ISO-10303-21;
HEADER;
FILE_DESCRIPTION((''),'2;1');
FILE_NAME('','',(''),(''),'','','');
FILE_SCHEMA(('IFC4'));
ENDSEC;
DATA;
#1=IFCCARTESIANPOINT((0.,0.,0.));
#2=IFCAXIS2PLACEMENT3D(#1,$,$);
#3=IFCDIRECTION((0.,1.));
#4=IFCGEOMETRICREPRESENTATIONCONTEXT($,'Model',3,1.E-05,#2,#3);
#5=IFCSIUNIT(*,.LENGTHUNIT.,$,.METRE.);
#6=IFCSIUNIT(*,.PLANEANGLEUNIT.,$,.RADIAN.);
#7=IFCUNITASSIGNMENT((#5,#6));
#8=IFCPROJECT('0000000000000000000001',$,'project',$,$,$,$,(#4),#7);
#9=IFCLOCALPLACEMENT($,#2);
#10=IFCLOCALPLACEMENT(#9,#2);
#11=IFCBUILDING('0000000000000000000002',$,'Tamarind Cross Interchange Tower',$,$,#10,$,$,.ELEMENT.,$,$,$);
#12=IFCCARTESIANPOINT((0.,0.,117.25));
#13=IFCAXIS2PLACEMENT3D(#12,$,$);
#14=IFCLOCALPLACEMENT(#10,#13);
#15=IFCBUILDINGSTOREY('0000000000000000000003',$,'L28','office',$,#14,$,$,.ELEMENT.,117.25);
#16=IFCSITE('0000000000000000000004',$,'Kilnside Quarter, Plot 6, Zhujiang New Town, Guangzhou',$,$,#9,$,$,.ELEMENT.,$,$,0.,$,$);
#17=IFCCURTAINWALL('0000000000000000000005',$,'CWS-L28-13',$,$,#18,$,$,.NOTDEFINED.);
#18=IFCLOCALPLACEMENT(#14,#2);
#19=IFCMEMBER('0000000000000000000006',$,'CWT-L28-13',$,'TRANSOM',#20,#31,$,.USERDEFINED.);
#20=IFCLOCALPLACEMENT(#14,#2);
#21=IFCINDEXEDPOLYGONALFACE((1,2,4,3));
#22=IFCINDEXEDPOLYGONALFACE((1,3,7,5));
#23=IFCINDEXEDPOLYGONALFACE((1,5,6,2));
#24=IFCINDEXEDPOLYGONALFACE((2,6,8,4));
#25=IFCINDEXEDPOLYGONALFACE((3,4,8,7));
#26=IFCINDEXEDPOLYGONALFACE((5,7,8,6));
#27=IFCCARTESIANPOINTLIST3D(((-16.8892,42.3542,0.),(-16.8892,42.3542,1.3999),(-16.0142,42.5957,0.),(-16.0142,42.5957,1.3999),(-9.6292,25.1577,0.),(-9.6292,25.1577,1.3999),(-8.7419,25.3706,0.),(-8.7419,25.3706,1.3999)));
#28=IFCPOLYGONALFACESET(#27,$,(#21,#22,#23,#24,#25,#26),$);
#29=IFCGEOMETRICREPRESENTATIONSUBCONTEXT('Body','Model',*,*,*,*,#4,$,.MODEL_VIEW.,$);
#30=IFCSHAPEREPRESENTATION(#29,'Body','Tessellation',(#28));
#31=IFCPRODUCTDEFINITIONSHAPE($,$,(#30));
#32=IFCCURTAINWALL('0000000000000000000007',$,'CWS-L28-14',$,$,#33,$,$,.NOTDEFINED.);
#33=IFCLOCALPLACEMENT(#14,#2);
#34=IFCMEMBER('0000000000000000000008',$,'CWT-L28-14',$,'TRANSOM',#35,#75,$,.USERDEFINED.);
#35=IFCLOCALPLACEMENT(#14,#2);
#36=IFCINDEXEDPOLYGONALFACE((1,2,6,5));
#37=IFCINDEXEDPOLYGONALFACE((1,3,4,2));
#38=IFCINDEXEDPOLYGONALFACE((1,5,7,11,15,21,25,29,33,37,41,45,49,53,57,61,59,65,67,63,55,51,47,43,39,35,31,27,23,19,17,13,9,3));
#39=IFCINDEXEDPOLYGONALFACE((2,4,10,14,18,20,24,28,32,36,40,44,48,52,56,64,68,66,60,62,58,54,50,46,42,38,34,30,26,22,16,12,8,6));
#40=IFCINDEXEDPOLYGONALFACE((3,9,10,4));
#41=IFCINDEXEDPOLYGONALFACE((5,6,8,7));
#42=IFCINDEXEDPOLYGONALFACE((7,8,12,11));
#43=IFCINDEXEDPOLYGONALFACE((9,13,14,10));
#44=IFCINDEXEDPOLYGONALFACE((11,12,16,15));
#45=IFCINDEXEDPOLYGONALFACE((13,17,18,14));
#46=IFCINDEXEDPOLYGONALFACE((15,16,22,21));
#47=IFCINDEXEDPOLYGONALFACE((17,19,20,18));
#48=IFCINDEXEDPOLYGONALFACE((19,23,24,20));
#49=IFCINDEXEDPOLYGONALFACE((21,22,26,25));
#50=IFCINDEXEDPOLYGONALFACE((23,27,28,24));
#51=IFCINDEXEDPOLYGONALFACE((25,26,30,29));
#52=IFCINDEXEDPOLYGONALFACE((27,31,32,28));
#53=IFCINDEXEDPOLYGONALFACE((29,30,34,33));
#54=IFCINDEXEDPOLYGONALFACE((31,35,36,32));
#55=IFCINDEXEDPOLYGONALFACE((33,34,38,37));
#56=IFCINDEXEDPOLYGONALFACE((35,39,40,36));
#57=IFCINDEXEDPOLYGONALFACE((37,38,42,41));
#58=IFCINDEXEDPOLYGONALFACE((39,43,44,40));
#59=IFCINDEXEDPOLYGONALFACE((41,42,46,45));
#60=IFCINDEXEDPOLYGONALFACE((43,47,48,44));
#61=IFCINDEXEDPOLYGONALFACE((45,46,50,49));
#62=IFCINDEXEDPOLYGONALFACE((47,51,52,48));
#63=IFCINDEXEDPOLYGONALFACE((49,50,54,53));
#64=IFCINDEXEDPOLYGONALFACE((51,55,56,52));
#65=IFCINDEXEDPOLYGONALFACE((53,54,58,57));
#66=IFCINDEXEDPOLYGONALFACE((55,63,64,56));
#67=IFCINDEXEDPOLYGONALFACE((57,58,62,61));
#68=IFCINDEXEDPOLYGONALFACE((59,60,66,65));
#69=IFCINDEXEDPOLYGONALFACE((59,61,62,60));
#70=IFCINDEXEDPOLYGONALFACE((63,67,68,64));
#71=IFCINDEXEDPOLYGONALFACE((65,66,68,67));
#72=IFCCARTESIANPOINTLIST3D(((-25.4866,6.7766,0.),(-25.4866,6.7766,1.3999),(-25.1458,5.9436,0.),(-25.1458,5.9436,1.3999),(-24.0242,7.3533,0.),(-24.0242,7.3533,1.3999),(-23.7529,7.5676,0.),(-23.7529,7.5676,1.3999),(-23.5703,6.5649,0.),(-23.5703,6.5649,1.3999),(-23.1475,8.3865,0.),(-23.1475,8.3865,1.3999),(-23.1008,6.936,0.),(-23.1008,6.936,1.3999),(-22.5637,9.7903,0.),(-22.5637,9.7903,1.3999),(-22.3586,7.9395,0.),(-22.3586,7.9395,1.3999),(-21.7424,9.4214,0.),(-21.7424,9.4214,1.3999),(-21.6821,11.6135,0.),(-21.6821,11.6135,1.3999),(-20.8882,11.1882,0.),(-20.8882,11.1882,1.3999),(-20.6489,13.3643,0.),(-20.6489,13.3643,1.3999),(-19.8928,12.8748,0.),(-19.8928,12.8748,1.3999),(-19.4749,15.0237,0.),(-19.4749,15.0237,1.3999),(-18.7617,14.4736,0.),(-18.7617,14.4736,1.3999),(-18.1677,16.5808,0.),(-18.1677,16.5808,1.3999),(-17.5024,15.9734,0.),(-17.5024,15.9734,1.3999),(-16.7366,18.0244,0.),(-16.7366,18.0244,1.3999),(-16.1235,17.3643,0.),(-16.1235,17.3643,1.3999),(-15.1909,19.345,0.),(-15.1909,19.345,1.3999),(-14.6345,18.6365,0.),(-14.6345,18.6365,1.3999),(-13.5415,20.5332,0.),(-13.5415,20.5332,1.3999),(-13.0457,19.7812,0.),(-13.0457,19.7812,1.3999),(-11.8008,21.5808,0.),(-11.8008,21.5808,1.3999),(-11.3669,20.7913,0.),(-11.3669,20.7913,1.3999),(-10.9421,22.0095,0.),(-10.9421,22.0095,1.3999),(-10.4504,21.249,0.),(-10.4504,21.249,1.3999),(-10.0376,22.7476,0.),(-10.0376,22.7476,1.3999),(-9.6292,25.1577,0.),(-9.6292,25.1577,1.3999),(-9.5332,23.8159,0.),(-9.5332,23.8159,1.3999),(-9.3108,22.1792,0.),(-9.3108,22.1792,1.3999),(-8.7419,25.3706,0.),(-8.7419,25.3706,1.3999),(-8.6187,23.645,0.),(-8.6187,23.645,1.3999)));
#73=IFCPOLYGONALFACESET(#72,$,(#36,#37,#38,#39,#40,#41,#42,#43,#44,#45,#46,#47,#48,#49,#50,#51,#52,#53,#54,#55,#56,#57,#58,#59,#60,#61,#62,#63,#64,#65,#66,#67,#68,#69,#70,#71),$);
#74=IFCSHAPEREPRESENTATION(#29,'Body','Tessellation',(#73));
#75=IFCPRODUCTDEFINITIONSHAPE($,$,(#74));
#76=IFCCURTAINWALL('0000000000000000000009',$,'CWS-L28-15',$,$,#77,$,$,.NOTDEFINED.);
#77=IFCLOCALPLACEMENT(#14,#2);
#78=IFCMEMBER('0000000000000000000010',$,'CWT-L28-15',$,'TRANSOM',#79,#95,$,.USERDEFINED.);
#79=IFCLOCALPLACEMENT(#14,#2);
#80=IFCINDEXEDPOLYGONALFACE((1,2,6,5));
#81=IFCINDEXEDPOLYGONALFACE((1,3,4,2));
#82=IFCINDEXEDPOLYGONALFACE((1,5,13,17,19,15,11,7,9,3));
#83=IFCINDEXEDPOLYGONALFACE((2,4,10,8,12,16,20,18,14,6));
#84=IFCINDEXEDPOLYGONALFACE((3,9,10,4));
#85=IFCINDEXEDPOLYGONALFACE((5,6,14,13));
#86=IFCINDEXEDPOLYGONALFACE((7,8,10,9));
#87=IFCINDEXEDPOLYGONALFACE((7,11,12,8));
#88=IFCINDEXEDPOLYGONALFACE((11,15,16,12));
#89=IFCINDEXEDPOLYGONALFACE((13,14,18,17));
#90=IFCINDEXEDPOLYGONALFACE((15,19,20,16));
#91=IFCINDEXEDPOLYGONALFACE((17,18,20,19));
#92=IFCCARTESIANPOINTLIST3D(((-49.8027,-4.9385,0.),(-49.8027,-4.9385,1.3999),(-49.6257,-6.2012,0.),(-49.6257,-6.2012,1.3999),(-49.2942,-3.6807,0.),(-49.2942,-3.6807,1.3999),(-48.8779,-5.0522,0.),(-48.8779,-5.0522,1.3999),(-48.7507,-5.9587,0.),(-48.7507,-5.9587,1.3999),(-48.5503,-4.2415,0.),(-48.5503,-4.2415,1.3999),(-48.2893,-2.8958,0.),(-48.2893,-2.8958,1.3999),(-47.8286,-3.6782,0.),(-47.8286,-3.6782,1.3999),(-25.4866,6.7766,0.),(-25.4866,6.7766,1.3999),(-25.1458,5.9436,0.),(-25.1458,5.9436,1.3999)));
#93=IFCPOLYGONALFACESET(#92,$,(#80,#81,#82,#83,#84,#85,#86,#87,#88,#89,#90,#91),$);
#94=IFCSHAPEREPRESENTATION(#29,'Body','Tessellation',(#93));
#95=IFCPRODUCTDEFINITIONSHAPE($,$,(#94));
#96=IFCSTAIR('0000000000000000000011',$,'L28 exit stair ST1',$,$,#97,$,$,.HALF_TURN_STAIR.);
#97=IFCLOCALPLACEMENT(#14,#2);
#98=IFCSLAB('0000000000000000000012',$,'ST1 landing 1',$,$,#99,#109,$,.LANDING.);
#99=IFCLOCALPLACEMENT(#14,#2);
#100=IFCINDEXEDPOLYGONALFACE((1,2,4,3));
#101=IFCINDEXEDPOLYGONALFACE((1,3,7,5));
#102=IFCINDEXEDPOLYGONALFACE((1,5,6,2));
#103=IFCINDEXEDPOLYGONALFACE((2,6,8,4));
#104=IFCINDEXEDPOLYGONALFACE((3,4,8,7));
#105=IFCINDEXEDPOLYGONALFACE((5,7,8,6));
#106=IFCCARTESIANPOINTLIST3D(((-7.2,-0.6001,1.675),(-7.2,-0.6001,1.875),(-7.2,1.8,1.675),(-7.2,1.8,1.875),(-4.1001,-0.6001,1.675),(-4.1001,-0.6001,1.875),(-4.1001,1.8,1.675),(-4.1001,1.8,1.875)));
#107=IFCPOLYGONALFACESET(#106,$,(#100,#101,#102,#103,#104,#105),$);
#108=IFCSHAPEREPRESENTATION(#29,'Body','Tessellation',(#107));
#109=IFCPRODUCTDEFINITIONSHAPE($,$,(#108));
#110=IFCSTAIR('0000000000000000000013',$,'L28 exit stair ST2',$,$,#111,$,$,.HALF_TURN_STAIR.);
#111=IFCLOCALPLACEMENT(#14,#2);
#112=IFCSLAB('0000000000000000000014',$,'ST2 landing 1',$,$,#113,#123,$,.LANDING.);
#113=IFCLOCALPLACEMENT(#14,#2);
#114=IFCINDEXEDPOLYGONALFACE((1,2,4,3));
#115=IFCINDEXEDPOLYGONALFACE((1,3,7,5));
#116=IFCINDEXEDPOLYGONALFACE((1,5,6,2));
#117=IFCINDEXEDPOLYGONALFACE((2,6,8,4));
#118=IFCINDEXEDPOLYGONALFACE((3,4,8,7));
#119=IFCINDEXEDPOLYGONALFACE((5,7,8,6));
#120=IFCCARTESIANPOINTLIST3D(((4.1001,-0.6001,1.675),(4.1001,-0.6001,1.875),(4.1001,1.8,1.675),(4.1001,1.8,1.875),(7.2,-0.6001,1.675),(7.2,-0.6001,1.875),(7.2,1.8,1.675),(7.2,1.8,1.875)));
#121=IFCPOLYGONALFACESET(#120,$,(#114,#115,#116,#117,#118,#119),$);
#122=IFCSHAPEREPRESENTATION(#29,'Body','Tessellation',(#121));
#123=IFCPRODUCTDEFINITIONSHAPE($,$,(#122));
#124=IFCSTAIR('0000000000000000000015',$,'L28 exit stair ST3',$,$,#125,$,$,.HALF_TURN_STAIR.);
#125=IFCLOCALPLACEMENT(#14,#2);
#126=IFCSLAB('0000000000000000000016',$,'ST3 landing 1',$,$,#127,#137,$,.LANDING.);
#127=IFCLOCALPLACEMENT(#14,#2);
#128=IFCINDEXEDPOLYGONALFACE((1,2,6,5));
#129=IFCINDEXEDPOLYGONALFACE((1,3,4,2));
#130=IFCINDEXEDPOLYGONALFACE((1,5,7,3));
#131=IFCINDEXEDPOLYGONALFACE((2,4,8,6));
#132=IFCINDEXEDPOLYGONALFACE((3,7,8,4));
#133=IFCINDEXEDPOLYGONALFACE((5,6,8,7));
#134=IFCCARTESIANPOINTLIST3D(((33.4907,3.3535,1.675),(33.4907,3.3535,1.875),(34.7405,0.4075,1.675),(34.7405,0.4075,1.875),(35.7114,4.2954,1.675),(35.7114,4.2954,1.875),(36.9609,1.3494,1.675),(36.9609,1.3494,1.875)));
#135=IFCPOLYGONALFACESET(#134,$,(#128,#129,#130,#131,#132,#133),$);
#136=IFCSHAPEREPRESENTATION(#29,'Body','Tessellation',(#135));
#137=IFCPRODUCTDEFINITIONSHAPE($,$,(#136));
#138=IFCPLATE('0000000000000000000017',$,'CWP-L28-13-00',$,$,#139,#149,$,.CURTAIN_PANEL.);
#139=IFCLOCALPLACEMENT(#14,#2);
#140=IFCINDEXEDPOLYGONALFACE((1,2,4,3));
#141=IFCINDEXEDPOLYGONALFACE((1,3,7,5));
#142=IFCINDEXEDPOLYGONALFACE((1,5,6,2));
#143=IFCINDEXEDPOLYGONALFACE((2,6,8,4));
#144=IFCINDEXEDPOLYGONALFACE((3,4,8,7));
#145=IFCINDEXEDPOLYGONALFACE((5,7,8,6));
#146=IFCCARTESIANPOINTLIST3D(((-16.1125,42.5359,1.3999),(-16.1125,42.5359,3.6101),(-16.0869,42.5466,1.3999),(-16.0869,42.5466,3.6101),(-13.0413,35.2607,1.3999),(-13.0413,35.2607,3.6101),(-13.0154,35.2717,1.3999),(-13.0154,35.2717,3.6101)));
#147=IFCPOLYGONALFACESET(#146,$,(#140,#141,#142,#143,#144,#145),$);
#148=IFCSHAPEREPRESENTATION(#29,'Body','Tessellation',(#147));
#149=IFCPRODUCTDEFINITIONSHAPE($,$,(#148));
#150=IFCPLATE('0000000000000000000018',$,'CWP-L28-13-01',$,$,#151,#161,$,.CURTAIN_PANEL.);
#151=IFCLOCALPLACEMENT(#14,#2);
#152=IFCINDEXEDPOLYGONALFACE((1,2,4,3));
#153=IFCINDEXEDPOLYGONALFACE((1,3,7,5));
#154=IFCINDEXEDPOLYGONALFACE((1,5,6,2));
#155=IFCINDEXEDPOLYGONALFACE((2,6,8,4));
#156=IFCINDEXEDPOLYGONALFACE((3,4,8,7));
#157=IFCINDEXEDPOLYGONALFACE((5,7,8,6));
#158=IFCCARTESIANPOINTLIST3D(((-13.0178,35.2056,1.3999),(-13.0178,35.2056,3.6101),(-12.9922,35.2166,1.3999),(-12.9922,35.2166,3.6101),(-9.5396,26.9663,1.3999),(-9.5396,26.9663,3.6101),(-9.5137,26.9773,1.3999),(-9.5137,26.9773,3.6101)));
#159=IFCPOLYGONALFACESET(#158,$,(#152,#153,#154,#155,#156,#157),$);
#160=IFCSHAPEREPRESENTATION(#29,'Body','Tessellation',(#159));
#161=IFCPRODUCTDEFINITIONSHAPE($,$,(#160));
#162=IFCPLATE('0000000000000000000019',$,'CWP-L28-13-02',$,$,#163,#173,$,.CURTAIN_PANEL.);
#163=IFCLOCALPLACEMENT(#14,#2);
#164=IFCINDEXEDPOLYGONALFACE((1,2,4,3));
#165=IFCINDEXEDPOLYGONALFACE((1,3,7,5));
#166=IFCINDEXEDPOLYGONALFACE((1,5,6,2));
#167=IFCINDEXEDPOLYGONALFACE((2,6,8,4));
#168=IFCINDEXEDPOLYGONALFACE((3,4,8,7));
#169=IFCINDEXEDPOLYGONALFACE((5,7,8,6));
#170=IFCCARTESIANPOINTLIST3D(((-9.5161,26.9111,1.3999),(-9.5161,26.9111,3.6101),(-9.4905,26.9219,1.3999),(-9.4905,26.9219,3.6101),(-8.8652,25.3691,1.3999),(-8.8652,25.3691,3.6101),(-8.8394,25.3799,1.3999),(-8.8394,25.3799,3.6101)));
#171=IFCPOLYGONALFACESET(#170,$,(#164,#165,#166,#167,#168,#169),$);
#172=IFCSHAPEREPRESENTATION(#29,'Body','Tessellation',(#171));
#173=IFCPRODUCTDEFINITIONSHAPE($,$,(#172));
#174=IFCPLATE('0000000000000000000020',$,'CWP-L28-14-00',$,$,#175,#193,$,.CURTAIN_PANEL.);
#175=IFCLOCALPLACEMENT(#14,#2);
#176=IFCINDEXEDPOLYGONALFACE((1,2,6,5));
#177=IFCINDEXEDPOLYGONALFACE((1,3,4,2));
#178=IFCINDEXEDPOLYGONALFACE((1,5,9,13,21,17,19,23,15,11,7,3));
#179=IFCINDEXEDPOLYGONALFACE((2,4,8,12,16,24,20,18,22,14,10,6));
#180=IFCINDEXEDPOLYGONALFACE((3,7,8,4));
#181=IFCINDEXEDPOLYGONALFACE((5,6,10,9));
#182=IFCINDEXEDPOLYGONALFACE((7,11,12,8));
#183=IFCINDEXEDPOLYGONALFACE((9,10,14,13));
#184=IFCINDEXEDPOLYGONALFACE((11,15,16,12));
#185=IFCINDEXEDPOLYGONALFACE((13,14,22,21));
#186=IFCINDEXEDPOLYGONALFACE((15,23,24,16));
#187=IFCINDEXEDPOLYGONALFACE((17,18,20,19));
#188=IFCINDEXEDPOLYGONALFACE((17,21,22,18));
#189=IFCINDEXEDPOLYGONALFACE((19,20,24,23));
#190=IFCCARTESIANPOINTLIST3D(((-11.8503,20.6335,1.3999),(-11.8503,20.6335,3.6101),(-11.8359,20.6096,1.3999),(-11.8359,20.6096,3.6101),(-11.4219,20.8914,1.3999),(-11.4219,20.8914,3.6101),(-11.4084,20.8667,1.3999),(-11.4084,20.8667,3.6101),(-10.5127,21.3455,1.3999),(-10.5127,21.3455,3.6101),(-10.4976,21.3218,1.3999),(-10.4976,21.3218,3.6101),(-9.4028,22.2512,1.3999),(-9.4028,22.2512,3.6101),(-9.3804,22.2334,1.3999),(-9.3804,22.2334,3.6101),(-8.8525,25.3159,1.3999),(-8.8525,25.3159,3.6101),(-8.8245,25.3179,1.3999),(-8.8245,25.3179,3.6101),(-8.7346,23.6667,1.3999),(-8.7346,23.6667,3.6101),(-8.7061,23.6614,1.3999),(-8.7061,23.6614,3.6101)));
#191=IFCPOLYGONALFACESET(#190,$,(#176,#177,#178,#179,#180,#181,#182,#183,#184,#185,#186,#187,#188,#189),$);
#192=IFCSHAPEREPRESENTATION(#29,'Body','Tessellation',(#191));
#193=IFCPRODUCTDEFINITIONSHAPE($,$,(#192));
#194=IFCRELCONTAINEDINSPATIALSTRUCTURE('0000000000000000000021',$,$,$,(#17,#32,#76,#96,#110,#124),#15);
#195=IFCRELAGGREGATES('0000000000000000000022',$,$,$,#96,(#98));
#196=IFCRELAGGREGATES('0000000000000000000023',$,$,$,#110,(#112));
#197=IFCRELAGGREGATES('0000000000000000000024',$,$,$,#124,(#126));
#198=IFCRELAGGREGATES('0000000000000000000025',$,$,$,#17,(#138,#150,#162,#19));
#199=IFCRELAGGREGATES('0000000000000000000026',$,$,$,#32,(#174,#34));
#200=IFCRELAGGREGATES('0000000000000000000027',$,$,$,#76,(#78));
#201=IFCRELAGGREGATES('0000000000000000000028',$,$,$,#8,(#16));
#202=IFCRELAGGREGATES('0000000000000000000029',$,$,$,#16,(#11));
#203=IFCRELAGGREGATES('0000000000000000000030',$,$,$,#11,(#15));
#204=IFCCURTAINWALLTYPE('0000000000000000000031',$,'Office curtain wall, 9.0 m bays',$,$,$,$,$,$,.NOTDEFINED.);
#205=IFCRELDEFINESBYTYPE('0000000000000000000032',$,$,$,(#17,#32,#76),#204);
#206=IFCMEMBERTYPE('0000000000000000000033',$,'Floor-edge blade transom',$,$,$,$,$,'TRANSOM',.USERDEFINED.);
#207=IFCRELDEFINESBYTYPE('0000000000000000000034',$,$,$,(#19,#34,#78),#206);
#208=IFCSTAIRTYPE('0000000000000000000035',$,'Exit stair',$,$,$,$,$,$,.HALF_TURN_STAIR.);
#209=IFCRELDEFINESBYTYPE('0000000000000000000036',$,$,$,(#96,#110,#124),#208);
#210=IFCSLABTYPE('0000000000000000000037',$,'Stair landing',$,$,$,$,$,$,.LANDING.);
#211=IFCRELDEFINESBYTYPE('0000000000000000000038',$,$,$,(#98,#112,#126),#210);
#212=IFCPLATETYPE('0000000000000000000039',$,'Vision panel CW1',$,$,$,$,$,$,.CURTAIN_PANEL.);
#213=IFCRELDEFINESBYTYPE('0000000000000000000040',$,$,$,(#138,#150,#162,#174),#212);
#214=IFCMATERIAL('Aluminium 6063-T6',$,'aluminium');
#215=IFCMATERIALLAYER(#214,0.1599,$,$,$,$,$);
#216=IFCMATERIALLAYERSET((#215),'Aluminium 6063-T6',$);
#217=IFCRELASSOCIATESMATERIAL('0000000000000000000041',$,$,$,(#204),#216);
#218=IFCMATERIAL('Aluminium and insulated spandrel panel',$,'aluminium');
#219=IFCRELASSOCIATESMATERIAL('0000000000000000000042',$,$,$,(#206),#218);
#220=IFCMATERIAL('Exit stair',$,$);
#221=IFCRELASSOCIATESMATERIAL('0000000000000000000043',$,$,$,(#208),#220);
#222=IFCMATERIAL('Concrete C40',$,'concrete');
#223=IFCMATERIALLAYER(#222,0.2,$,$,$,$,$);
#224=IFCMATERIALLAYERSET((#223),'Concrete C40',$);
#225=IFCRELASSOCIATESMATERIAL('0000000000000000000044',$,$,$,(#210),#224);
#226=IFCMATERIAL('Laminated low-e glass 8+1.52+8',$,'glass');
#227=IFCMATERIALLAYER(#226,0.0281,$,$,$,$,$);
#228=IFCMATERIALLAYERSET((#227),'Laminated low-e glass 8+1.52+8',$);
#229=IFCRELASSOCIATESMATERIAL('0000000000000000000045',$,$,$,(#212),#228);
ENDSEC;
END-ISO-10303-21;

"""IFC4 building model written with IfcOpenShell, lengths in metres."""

from ifc_helpers import new_model, si_unit, direction, frame, origin, place, context, subcontext, project, spatial, polyline, outline, extrude, material, layer, layer_set, type_object, element, aggregate, save


model = new_model("IFC4")

# Units and contexts
model_context = context("Model", 3, precision=1e-05, world=origin(), true_north=direction((0.0, 1.0)))
body_context = subcontext(model_context, "Body", "Model", "MODEL_VIEW")
ifc_project = project(units=[si_unit("LENGTHUNIT", "METRE"), si_unit("PLANEANGLEUNIT", "RADIAN")], contexts=[model_context])

# Site, building, storey
site_placement = place(None, origin())
site = spatial("IfcSite", under=ifc_project, at=site_placement, Name="Kilnside Quarter, Plot 6, Zhujiang New Town, Guangzhou", CompositionType="ELEMENT", RefElevation=0.0)
building_placement = place(site_placement, origin())
building = spatial("IfcBuilding", under=site, at=building_placement, Name="Tamarind Cross Interchange Tower", CompositionType="ELEMENT")
storey_placement = place(building_placement, frame((0.0, 0.0, 117.25)))
storey = spatial("IfcBuildingStorey", under=building, at=storey_placement, Name="L28", Description="office", CompositionType="ELEMENT", Elevation=117.25)

# Curtain walls, members
ifc_material_1 = material(Name="Aluminium 6063-T6", Category="aluminium")
ifc_layer_1 = layer(ifc_material_1, 0.1599)
ifc_layer_set_1 = layer_set([ifc_layer_1], Name="Aluminium 6063-T6")
curtain_wall_type = type_object("IfcCurtainWallType", Name="Office curtain wall, 9.0 m bays", PredefinedType="NOTDEFINED", material=ifc_layer_set_1)
curtain_wall_1_placement = place(storey_placement, origin())
curtain_wall_1 = element("IfcCurtainWall", 1, at=curtain_wall_1_placement, inside=storey, type_object=curtain_wall_type, Name="CWS-L28-13", PredefinedType="NOTDEFINED")
ifc_material_2 = material(Name="Aluminium and insulated spandrel panel", Category="aluminium")
member_type = type_object("IfcMemberType", Name="Floor-edge blade transom", ElementType="TRANSOM", PredefinedType="USERDEFINED", material=ifc_material_2)
member_1_placement = place(storey_placement, origin())
member_1 = element("IfcMember", 2, at=member_1_placement, type_object=member_type, Name="CWT-L28-13", ObjectType="TRANSOM", PredefinedType="USERDEFINED", context=body_context, shape_type="SweptSolid", body=[
    extrude(outline(polyline([(-16.0142, 42.5957), (-8.7419, 25.3706), (-9.6292, 25.1577), (-16.8892, 42.3542), (-16.0142, 42.5957)])), origin(), (0.0, 0.0, 1.0), 1.3999),
])
curtain_wall_2_placement = place(storey_placement, origin())
curtain_wall_2 = element("IfcCurtainWall", 3, at=curtain_wall_2_placement, inside=storey, type_object=curtain_wall_type, Name="CWS-L28-14", PredefinedType="NOTDEFINED")
member_2_placement = place(storey_placement, origin())
member_2 = element("IfcMember", 4, at=member_2_placement, type_object=member_type, Name="CWT-L28-14", ObjectType="TRANSOM", PredefinedType="USERDEFINED", context=body_context, shape_type="SweptSolid", body=[
    extrude(outline(polyline([(-8.7419, 25.3706), (-8.6187, 23.645), (-9.3108, 22.1792), (-10.4504, 21.249), (-11.3669, 20.7913), (-13.0457, 19.7812), (-14.6345, 18.6365), (-16.1235, 17.3643), (-17.5024, 15.9734), (-18.7617, 14.4736), (-19.8928, 12.8748), (-20.8882, 11.1882), (-21.7424, 9.4214), (-22.3586, 7.9395), (-23.1008, 6.936), (-23.5703, 6.5649), (-25.1458, 5.9436), (-25.4866, 6.7766), (-24.0242, 7.3533), (-23.7529, 7.5676), (-23.1475, 8.3865), (-22.5637, 9.7903), (-21.6821, 11.6135), (-20.6489, 13.3643), (-19.4749, 15.0237), (-18.1677, 16.5808), (-16.7366, 18.0244), (-15.1909, 19.345), (-13.5415, 20.5332), (-11.8008, 21.5808), (-10.9421, 22.0095), (-10.0376, 22.7476), (-9.5332, 23.8159), (-9.6292, 25.1577), (-8.7419, 25.3706)])), origin(), (0.0, 0.0, 1.0), 1.3999),
])
curtain_wall_3_placement = place(storey_placement, origin())
curtain_wall_3 = element("IfcCurtainWall", 5, at=curtain_wall_3_placement, inside=storey, type_object=curtain_wall_type, Name="CWS-L28-15", PredefinedType="NOTDEFINED")
member_3_placement = place(storey_placement, origin())
member_3 = element("IfcMember", 6, at=member_3_placement, type_object=member_type, Name="CWT-L28-15", ObjectType="TRANSOM", PredefinedType="USERDEFINED", context=body_context, shape_type="SweptSolid", body=[
    extrude(outline(polyline([(-25.1458, 5.9436), (-47.8286, -3.6782), (-48.5503, -4.2415), (-48.8779, -5.0522), (-48.7507, -5.9587), (-49.6257, -6.2012), (-49.8027, -4.9385), (-49.2942, -3.6807), (-48.2893, -2.8958), (-25.4866, 6.7766), (-25.1458, 5.9436)])), origin(), (0.0, 0.0, 1.0), 1.3999),
])

# Stairs, slabs
ifc_material_3 = material(Name="Exit stair")
stair_type = type_object("IfcStairType", Name="Exit stair", PredefinedType="HALF_TURN_STAIR", material=ifc_material_3)
stair_1_placement = place(storey_placement, origin())
stair_1 = element("IfcStair", 7, at=stair_1_placement, inside=storey, type_object=stair_type, Name="L28 exit stair ST1", PredefinedType="HALF_TURN_STAIR")
ifc_material_4 = material(Name="Concrete C40", Category="concrete")
ifc_layer_2 = layer(ifc_material_4, 0.2)
ifc_layer_set_2 = layer_set([ifc_layer_2], Name="Concrete C40")
slab_type = type_object("IfcSlabType", Name="Stair landing", PredefinedType="LANDING", material=ifc_layer_set_2)
slab_1_placement = place(storey_placement, frame((0.0, 0.0, 1.675)))
slab_1 = element("IfcSlab", 8, at=slab_1_placement, type_object=slab_type, Name="ST1 landing 1", PredefinedType="LANDING", context=body_context, shape_type="SweptSolid", body=[
    extrude(outline(polyline([(-4.1001, -0.6001), (-4.1001, 1.8), (-7.2, 1.8), (-7.2, -0.6001), (-4.1001, -0.6001)])), origin(), (0.0, 0.0, 1.0), 0.2),
])
aggregate(stair_1, [slab_1])
stair_2_placement = place(storey_placement, origin())
stair_2 = element("IfcStair", 9, at=stair_2_placement, inside=storey, type_object=stair_type, Name="L28 exit stair ST2", PredefinedType="HALF_TURN_STAIR")
slab_2_placement = place(storey_placement, frame((0.0, 0.0, 1.675)))
slab_2 = element("IfcSlab", 10, at=slab_2_placement, type_object=slab_type, Name="ST2 landing 1", PredefinedType="LANDING", context=body_context, shape_type="SweptSolid", body=[
    extrude(outline(polyline([(7.2, -0.6001), (7.2, 1.8), (4.1001, 1.8), (4.1001, -0.6001), (7.2, -0.6001)])), origin(), (0.0, 0.0, 1.0), 0.2),
])
aggregate(stair_2, [slab_2])
stair_3_placement = place(storey_placement, origin())
stair_3 = element("IfcStair", 11, at=stair_3_placement, inside=storey, type_object=stair_type, Name="L28 exit stair ST3", PredefinedType="HALF_TURN_STAIR")
slab_3_placement = place(storey_placement, frame((0.0, 0.0, 1.675)))
slab_3 = element("IfcSlab", 12, at=slab_3_placement, type_object=slab_type, Name="ST3 landing 1", PredefinedType="LANDING", context=body_context, shape_type="SweptSolid", body=[
    extrude(outline(polyline([(34.7405, 0.4075), (36.9609, 1.3494), (35.7114, 4.2954), (33.4907, 3.3535), (34.7405, 0.4075)])), origin(), (0.0, 0.0, 1.0), 0.2),
])
aggregate(stair_3, [slab_3])

# Plates
ifc_material_5 = material(Name="Laminated low-e glass 8+1.52+8", Category="glass")
ifc_layer_3 = layer(ifc_material_5, 0.0281)
ifc_layer_set_3 = layer_set([ifc_layer_3], Name="Laminated low-e glass 8+1.52+8")
plate_type = type_object("IfcPlateType", Name="Vision panel CW1", PredefinedType="CURTAIN_PANEL", material=ifc_layer_set_3)
plate_1_placement = place(storey_placement, frame((0.0, 0.0, 1.3999)))
plate_1 = element("IfcPlate", 13, at=plate_1_placement, type_object=plate_type, Name="CWP-L28-13-00", PredefinedType="CURTAIN_PANEL", context=body_context, shape_type="SweptSolid", body=[
    extrude(outline(polyline([(-16.0869, 42.5466), (-13.0154, 35.2717), (-13.0413, 35.2607), (-16.1125, 42.5359), (-16.0869, 42.5466)])), origin(), (0.0, 0.0, 1.0), 2.2102),
])
plate_2_placement = place(storey_placement, frame((0.0, 0.0, 1.3999)))
plate_2 = element("IfcPlate", 14, at=plate_2_placement, type_object=plate_type, Name="CWP-L28-13-01", PredefinedType="CURTAIN_PANEL", context=body_context, shape_type="SweptSolid", body=[
    extrude(outline(polyline([(-12.9922, 35.2166), (-9.5137, 26.9773), (-9.5396, 26.9663), (-13.0178, 35.2056), (-12.9922, 35.2166)])), origin(), (0.0, 0.0, 1.0), 2.2102),
])
plate_3_placement = place(storey_placement, frame((0.0, 0.0, 1.3999)))
plate_3 = element("IfcPlate", 15, at=plate_3_placement, type_object=plate_type, Name="CWP-L28-13-02", PredefinedType="CURTAIN_PANEL", context=body_context, shape_type="SweptSolid", body=[
    extrude(outline(polyline([(-9.4905, 26.9219), (-8.8394, 25.3799), (-8.8652, 25.3691), (-9.5161, 26.9111), (-9.4905, 26.9219)])), origin(), (0.0, 0.0, 1.0), 2.2102),
])
aggregate(curtain_wall_1, [plate_1, plate_2, plate_3, member_1])
plate_4_placement = place(storey_placement, frame((0.0, 0.0, 1.3999)))
plate_4 = element("IfcPlate", 16, at=plate_4_placement, type_object=plate_type, Name="CWP-L28-14-00", PredefinedType="CURTAIN_PANEL", context=body_context, shape_type="SweptSolid", body=[
    extrude(outline(polyline([(-8.8245, 25.3179), (-8.7061, 23.6614), (-9.3804, 22.2334), (-10.4976, 21.3218), (-11.4084, 20.8667), (-11.8359, 20.6096), (-11.8503, 20.6335), (-11.4219, 20.8914), (-10.5127, 21.3455), (-9.4028, 22.2512), (-8.7346, 23.6667), (-8.8525, 25.3159), (-8.8245, 25.3179)])), origin(), (0.0, 0.0, 1.0), 2.2102),
])
aggregate(curtain_wall_2, [plate_4, member_2])
aggregate(curtain_wall_3, [member_3])

save(model, "model.ifc")
